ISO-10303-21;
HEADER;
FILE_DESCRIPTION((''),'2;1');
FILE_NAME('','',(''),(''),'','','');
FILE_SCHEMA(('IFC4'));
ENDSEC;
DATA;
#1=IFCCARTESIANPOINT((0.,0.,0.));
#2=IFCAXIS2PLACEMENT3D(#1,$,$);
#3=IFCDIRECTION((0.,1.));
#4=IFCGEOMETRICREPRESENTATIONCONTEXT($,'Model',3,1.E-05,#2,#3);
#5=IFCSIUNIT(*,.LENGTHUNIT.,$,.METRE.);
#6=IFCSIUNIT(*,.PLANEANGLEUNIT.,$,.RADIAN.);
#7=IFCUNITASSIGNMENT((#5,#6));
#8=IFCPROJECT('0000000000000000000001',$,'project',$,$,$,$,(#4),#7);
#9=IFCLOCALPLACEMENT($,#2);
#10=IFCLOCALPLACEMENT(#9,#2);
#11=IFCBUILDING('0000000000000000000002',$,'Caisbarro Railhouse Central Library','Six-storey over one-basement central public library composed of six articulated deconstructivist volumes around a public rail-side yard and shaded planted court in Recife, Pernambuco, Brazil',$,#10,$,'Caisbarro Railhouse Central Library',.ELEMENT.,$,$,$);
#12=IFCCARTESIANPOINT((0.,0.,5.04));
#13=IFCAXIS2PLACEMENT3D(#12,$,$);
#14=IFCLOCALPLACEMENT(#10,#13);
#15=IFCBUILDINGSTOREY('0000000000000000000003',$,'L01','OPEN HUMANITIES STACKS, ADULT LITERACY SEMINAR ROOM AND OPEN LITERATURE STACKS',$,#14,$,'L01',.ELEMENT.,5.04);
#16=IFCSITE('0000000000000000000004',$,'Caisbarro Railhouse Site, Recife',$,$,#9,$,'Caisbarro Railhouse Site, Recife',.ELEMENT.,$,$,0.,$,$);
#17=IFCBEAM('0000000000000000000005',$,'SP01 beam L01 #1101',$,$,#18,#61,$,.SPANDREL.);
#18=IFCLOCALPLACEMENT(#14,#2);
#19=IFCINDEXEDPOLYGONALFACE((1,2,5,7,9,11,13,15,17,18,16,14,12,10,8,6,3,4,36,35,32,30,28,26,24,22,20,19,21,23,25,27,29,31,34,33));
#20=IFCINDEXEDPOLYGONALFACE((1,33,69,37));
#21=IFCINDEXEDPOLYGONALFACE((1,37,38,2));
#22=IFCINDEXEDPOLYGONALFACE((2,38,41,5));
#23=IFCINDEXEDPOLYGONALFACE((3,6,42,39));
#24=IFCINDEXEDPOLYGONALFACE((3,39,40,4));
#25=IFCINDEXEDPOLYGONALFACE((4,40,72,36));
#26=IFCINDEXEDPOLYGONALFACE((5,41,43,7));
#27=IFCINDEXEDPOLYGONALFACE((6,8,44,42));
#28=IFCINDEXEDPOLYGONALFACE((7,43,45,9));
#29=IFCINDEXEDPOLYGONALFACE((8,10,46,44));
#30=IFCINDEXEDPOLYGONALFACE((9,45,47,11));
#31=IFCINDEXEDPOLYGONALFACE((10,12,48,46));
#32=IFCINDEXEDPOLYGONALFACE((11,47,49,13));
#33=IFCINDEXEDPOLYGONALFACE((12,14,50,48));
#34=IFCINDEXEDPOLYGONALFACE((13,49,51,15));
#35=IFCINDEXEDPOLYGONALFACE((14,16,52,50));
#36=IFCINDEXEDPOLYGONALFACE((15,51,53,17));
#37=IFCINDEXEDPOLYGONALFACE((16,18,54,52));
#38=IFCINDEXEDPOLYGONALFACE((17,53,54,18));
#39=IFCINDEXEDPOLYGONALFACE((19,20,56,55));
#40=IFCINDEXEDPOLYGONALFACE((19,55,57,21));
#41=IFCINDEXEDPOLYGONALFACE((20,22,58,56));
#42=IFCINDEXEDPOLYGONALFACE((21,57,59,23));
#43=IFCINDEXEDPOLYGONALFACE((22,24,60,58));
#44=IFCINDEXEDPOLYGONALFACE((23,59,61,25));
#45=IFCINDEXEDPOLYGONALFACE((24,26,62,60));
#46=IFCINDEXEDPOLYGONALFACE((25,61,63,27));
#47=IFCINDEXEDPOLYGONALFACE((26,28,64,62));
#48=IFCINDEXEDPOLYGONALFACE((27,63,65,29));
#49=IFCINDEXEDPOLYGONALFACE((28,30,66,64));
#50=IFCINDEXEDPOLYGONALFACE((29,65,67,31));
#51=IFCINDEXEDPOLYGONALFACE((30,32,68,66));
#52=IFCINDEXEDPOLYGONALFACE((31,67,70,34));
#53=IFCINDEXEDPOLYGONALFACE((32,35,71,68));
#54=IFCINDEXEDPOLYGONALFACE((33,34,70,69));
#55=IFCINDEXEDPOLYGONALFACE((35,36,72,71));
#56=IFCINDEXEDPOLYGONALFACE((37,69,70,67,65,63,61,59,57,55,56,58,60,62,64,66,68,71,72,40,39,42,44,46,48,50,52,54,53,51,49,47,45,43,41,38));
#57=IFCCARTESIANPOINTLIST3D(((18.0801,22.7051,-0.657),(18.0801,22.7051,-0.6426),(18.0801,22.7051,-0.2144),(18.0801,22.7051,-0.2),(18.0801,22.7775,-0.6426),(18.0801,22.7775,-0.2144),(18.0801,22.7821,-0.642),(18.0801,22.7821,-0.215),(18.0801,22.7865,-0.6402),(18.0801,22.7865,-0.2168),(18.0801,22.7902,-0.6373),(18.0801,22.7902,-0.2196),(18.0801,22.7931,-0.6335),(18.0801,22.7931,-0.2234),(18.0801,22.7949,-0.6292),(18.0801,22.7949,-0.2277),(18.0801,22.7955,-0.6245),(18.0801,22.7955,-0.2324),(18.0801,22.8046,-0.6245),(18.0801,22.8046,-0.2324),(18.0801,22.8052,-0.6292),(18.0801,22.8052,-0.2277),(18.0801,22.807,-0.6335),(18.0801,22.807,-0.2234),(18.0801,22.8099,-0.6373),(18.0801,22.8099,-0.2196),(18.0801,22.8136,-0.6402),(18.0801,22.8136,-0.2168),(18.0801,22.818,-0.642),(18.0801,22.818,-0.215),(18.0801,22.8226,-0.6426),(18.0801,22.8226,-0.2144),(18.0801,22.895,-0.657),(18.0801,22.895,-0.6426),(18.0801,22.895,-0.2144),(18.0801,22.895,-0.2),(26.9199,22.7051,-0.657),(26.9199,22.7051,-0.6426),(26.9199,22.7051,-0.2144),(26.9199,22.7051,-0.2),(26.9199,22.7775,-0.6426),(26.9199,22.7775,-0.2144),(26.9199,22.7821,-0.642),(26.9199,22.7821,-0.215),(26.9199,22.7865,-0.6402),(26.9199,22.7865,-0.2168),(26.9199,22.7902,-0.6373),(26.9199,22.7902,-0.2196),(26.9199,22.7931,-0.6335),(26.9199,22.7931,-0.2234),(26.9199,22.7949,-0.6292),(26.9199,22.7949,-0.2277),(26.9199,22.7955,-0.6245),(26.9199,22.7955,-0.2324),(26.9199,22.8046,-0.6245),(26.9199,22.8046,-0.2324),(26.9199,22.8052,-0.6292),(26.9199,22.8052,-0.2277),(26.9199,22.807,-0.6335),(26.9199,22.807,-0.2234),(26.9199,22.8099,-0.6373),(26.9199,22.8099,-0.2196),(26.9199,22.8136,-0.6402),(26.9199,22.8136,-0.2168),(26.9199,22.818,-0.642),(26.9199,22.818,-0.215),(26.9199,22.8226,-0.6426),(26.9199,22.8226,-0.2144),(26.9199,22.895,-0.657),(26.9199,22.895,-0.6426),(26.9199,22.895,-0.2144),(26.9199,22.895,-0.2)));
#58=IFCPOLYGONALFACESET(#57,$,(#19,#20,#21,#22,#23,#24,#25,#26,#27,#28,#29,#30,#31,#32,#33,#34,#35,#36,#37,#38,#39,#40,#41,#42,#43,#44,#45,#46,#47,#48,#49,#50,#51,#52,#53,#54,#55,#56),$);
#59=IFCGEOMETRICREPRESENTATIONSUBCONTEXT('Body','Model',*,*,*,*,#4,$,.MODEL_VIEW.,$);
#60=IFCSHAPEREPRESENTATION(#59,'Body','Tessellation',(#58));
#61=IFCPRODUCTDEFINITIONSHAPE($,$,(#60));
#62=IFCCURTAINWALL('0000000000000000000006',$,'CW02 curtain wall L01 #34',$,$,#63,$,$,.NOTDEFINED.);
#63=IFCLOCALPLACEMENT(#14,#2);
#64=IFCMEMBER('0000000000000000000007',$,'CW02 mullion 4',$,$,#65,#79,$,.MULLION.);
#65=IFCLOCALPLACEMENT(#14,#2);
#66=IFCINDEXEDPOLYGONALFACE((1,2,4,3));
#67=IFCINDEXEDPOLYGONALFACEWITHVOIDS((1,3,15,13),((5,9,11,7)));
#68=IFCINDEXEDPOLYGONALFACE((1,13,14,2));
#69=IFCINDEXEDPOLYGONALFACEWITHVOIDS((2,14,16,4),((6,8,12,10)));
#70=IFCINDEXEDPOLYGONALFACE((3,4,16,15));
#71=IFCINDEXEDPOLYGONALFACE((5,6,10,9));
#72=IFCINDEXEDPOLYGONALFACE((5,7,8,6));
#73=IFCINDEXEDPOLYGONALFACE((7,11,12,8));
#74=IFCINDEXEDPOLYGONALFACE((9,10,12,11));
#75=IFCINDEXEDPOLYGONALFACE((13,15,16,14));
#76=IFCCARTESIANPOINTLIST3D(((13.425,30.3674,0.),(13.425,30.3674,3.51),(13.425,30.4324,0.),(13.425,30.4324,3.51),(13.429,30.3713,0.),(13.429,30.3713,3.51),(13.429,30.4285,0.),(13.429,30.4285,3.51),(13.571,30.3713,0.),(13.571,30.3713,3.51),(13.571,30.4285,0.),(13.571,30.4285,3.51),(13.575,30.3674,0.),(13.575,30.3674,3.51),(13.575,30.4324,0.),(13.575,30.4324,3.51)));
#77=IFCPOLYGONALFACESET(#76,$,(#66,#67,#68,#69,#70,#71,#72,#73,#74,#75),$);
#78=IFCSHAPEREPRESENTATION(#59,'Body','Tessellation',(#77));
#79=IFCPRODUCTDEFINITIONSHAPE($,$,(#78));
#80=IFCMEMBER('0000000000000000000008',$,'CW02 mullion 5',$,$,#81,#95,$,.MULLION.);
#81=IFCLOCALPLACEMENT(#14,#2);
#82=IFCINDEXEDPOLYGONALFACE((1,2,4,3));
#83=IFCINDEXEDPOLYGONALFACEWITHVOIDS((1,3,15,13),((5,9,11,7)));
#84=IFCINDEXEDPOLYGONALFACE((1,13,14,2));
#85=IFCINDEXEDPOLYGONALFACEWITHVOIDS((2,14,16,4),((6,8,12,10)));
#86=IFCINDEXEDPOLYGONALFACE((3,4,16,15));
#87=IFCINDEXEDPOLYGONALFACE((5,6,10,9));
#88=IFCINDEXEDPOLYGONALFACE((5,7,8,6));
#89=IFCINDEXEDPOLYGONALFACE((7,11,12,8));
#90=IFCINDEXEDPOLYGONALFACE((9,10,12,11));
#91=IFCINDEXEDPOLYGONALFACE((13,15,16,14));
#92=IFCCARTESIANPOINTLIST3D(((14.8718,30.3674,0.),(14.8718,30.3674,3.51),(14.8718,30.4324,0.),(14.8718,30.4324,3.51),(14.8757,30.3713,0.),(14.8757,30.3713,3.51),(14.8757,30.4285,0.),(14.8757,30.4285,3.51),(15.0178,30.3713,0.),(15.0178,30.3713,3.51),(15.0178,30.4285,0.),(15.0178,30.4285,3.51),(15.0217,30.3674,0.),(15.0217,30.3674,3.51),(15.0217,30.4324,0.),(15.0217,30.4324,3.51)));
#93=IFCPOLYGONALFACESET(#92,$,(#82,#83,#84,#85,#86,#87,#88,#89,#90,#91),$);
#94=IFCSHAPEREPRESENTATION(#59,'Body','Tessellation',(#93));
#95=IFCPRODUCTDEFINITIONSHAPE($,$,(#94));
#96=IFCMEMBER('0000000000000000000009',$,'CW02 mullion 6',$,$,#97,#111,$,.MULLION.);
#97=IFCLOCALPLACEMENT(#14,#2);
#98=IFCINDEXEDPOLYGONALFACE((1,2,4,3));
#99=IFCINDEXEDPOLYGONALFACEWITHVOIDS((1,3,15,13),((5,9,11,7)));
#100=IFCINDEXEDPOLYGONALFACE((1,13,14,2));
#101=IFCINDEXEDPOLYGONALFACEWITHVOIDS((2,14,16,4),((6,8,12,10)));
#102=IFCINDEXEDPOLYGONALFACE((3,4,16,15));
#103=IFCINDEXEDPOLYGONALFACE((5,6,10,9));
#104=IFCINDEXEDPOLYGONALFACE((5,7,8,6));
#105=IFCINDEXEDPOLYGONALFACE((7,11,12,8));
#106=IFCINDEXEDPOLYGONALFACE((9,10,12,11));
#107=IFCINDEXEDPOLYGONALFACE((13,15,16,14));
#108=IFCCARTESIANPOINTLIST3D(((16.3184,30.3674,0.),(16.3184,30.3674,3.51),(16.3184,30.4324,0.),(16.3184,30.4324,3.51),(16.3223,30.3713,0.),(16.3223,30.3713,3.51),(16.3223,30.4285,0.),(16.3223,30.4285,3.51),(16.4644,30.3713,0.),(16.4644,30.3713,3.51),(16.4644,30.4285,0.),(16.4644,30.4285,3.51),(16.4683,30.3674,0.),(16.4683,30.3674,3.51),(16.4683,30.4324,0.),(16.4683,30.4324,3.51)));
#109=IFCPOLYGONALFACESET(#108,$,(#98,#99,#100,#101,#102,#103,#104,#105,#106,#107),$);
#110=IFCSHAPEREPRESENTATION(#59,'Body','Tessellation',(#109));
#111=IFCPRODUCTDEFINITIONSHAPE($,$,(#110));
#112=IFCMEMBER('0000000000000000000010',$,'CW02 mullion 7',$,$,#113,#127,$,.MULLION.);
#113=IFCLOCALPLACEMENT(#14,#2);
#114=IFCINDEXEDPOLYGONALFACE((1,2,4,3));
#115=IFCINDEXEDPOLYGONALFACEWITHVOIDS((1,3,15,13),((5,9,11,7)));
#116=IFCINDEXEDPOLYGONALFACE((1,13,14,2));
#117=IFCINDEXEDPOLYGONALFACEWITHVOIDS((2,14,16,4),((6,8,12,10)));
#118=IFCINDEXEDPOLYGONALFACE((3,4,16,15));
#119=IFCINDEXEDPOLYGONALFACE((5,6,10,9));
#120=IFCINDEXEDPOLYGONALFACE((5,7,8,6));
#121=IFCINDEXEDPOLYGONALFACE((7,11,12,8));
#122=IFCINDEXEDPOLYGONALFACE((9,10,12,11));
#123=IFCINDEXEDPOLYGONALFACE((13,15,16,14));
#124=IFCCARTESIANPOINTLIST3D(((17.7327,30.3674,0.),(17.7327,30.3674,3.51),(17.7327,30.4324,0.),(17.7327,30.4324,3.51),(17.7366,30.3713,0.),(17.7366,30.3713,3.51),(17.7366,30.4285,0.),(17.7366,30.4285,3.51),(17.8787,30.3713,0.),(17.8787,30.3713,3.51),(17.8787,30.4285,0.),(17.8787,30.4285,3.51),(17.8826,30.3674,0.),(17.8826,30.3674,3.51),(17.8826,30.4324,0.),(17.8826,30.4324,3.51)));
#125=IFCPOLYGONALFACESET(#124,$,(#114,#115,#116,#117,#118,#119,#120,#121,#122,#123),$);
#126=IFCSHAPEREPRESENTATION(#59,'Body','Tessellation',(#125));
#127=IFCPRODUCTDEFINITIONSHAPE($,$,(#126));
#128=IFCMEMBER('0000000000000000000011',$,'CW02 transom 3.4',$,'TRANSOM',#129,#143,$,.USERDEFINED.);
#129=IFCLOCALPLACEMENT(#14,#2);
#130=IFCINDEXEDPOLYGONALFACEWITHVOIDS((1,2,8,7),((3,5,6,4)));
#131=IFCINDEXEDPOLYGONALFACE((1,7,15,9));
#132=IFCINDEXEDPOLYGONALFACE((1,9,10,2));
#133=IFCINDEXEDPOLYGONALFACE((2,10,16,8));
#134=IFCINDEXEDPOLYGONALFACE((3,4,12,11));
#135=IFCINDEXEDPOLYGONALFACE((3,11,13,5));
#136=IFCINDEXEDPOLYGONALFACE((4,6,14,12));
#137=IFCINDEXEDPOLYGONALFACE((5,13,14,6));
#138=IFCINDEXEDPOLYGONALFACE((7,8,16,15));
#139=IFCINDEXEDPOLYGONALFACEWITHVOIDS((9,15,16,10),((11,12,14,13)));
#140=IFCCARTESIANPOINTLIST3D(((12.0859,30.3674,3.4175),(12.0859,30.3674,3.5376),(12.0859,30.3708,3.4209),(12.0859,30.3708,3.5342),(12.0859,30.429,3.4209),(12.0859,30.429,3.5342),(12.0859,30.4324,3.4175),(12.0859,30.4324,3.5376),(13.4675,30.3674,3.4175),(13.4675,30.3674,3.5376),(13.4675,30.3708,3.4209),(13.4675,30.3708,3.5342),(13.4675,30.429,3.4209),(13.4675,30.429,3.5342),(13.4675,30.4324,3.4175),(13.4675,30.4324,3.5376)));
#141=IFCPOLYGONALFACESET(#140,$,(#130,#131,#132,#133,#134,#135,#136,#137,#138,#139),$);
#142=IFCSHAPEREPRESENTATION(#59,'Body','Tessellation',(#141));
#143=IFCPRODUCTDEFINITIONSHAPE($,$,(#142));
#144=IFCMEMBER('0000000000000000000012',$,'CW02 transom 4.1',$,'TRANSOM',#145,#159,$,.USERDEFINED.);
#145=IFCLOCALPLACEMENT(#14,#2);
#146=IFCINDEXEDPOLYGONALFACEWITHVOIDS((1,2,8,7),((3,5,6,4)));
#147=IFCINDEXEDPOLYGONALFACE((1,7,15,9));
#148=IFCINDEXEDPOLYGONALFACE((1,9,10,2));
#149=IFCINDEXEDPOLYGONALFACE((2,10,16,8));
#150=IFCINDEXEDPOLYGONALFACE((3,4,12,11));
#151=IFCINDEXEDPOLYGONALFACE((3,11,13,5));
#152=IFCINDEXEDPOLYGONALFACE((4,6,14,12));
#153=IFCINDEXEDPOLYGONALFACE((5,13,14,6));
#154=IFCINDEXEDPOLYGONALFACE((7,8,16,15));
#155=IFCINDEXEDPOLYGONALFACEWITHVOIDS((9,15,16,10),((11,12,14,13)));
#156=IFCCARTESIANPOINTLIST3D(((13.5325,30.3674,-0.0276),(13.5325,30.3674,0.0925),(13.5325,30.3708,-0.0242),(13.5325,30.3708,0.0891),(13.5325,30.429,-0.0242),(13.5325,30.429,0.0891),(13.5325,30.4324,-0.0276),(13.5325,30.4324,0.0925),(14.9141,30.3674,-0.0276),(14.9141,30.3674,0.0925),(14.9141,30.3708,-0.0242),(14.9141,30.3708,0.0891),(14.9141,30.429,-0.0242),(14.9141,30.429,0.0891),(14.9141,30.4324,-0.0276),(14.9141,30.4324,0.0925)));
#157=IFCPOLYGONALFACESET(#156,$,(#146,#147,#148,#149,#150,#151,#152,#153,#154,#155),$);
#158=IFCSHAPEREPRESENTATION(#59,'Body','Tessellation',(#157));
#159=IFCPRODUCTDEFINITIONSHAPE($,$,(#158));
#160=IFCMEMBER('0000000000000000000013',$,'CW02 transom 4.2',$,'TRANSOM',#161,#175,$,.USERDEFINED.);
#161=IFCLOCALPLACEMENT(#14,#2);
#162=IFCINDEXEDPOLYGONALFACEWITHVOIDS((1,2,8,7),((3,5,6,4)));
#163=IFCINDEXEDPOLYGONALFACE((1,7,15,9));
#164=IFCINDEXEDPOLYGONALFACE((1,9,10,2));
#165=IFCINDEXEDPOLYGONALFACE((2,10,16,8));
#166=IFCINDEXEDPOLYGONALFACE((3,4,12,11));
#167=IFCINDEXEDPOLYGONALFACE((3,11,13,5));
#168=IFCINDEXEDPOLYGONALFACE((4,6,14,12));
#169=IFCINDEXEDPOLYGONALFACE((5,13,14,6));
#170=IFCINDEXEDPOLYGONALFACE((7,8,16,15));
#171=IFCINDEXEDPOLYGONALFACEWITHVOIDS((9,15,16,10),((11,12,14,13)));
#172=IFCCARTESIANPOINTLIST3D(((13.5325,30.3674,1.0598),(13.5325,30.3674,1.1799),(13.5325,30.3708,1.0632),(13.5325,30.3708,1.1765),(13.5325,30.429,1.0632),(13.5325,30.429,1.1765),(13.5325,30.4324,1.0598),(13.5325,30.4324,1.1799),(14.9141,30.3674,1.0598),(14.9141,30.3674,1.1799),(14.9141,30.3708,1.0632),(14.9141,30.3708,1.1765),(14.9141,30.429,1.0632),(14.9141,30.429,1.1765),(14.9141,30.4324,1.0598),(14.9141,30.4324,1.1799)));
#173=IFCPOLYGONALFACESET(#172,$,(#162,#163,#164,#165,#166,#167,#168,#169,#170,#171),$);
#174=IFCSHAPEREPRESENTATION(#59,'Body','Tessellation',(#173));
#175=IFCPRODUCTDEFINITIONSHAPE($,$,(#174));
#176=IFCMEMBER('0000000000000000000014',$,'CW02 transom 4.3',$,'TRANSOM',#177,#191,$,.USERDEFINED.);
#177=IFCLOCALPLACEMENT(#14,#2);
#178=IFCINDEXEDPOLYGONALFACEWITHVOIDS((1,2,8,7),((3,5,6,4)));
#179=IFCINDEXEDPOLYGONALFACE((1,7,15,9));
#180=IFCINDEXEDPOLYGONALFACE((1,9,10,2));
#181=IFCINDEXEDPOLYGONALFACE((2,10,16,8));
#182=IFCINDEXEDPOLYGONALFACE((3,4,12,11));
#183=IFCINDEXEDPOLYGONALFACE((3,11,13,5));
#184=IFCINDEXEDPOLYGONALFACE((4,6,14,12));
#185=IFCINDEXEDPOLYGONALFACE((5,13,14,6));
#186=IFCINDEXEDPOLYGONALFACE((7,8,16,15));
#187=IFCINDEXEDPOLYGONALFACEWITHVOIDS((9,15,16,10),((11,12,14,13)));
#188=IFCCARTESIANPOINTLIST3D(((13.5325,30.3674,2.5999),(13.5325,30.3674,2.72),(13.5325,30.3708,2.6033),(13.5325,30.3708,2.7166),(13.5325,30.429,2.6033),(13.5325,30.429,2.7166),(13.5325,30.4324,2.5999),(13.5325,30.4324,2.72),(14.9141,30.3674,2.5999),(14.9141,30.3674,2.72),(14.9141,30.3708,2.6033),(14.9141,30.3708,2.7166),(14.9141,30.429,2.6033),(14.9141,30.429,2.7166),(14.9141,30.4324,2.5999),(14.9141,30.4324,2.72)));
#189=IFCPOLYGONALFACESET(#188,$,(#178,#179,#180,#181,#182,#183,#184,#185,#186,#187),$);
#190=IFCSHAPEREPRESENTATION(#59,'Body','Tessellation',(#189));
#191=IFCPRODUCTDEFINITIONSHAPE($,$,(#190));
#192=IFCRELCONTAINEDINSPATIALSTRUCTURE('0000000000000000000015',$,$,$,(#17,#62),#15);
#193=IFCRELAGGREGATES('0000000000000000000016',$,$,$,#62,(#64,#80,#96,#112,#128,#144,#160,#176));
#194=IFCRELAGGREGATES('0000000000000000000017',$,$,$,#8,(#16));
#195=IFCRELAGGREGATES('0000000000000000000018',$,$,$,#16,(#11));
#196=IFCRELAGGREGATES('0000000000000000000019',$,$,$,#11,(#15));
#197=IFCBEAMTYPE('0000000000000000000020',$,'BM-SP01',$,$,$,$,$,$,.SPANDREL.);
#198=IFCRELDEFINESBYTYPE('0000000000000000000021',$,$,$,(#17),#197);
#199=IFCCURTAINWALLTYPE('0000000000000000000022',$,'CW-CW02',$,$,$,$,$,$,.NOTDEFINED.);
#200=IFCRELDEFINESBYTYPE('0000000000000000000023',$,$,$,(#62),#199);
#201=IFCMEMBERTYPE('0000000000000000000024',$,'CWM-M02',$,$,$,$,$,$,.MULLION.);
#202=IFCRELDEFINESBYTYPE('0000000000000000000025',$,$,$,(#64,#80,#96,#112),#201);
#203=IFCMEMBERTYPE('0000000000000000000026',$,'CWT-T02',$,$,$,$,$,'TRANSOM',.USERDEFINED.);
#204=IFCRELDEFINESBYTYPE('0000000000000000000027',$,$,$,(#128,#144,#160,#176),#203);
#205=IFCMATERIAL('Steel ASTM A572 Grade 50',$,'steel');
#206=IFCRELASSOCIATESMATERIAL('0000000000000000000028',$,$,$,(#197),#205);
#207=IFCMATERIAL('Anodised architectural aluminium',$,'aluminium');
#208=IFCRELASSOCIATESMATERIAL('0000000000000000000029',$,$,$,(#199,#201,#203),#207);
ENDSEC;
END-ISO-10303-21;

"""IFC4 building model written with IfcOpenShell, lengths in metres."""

from ifc_helpers import new_model, si_unit, direction, frame, origin, origin_2d, place, context, subcontext, project, spatial, hollow_rectangle, i_section, extrude, material, material_profile, profile_set, type_object, element, aggregate, save


model = new_model("IFC4")

# Units and contexts
model_context = context("Model", 3, precision=1e-05, world=origin(), true_north=direction((0.0, 1.0)))
body_context = subcontext(model_context, "Body", "Model", "MODEL_VIEW")
ifc_project = project(units=[si_unit("LENGTHUNIT", "METRE"), si_unit("PLANEANGLEUNIT", "RADIAN")], contexts=[model_context])

# Site, building, storey
site_placement = place(None, origin())
site = spatial("IfcSite", under=ifc_project, at=site_placement, Name="Caisbarro Railhouse Site, Recife", LongName="Caisbarro Railhouse Site, Recife", CompositionType="ELEMENT", RefElevation=0.0)
building_placement = place(site_placement, origin())
building = spatial("IfcBuilding", under=site, at=building_placement, Name="Caisbarro Railhouse Central Library", Description="Six-storey over one-basement central public library composed of six articulated deconstructivist volumes around a public rail-side yard and shaded planted court in Recife, Pernambuco, Brazil", LongName="Caisbarro Railhouse Central Library", CompositionType="ELEMENT")
storey_placement = place(building_placement, frame((0.0, 0.0, 5.04)))
storey = spatial("IfcBuildingStorey", under=building, at=storey_placement, Name="L01", Description="OPEN HUMANITIES STACKS, ADULT LITERACY SEMINAR ROOM AND OPEN LITERATURE STACKS", LongName="L01", CompositionType="ELEMENT", Elevation=5.04)

# Shared definitions
ifc_material_1 = material(Name="Steel ASTM A572 Grade 50", Category="steel")

# Beam
ifc_material_profile_1 = material_profile(ifc_material_1, i_section(OverallWidth=0.1899, OverallDepth=0.457, WebThickness=0.009, FlangeThickness=0.0144, FilletRadius=0.0181, at=origin_2d()), Name="W460X74.0")
ifc_profile_set_1 = profile_set([ifc_material_profile_1], Name="Steel ASTM A572 Grade 50")
beam_type_1 = type_object("IfcBeamType", Name="BM-SP01", PredefinedType="SPANDREL", material=ifc_profile_set_1)
beam_1_placement = place(storey_placement, frame((18.0801, 22.8, -0.4285), z_axis=(1.0, 0.0, 0.0), x_axis=(0.0, 1.0, 0.0)))
element("IfcBeam", 1, at=beam_1_placement, inside=storey, type_object=beam_type_1, Name="SP01 beam L01 #1101", PredefinedType="SPANDREL", context=body_context, shape_type="SweptSolid", body=[
    extrude(i_section(OverallWidth=0.1899, OverallDepth=0.457, WebThickness=0.009, FlangeThickness=0.0144, FilletRadius=0.0181, at=origin_2d()), origin(), (0.0, 0.0, 1.0), 8.8398),
])

# Curtain wall, members
ifc_material_2 = material(Name="Anodised architectural aluminium", Category="aluminium")
curtain_wall_type = type_object("IfcCurtainWallType", Name="CW-CW02", PredefinedType="NOTDEFINED", material=ifc_material_2)
curtain_wall_placement = place(storey_placement, origin())
curtain_wall = element("IfcCurtainWall", 2, at=curtain_wall_placement, inside=storey, type_object=curtain_wall_type, Name="CW02 curtain wall L01 #34", PredefinedType="NOTDEFINED")
ifc_material_profile_2 = material_profile(ifc_material_2, hollow_rectangle(XDim=0.0649, YDim=0.1499, WallThickness=0.0039, at=origin_2d()), Name="ALU-MUL-65X150")
ifc_profile_set_2 = profile_set([ifc_material_profile_2], Name="Anodised architectural aluminium")
member_type_1 = type_object("IfcMemberType", Name="CWM-M02", PredefinedType="MULLION", material=ifc_profile_set_2)
member_1_placement = place(storey_placement, frame((13.5, 30.3999, 0.0), z_axis=(0.0, 0.0, 1.0), x_axis=(0.0, 1.0, 0.0)))
member_1 = element("IfcMember", 3, at=member_1_placement, type_object=member_type_1, Name="CW02 mullion 4", PredefinedType="MULLION", context=body_context, shape_type="SweptSolid", body=[
    extrude(hollow_rectangle(XDim=0.0649, YDim=0.1499, WallThickness=0.0039, at=origin_2d()), origin(), (0.0, 0.0, 1.0), 3.51),
])
member_2_placement = place(storey_placement, frame((14.9468, 30.3999, 0.0), z_axis=(0.0, 0.0, 1.0), x_axis=(0.0, 1.0, 0.0)))
member_2 = element("IfcMember", 4, at=member_2_placement, type_object=member_type_1, Name="CW02 mullion 5", PredefinedType="MULLION", context=body_context, shape_type="SweptSolid", body=[
    extrude(hollow_rectangle(XDim=0.0649, YDim=0.1499, WallThickness=0.0039, at=origin_2d()), origin(), (0.0, 0.0, 1.0), 3.51),
])
member_3_placement = place(storey_placement, frame((16.3933, 30.3999, 0.0), z_axis=(0.0, 0.0, 1.0), x_axis=(0.0, 1.0, 0.0)))
member_3 = element("IfcMember", 5, at=member_3_placement, type_object=member_type_1, Name="CW02 mullion 6", PredefinedType="MULLION", context=body_context, shape_type="SweptSolid", body=[
    extrude(hollow_rectangle(XDim=0.0649, YDim=0.1499, WallThickness=0.0039, at=origin_2d()), origin(), (0.0, 0.0, 1.0), 3.51),
])
member_4_placement = place(storey_placement, frame((17.8076, 30.3999, 0.0), z_axis=(0.0, 0.0, 1.0), x_axis=(0.0, 1.0, 0.0)))
member_4 = element("IfcMember", 6, at=member_4_placement, type_object=member_type_1, Name="CW02 mullion 7", PredefinedType="MULLION", context=body_context, shape_type="SweptSolid", body=[
    extrude(hollow_rectangle(XDim=0.0649, YDim=0.1499, WallThickness=0.0039, at=origin_2d()), origin(), (0.0, 0.0, 1.0), 3.51),
])
ifc_material_profile_3 = material_profile(ifc_material_2, hollow_rectangle(XDim=0.0649, YDim=0.1201, WallThickness=0.0034, at=origin_2d()), Name="ALU-TRN-65X120")
ifc_profile_set_3 = profile_set([ifc_material_profile_3], Name="Anodised architectural aluminium")
member_type_2 = type_object("IfcMemberType", Name="CWT-T02", ElementType="TRANSOM", PredefinedType="USERDEFINED", material=ifc_profile_set_3)
member_5_placement = place(storey_placement, frame((12.0859, 30.3999, 3.4775), z_axis=(1.0, 0.0, 0.0), x_axis=(0.0, 1.0, 0.0)))
member_5 = element("IfcMember", 7, at=member_5_placement, type_object=member_type_2, Name="CW02 transom 3.4", ObjectType="TRANSOM", PredefinedType="USERDEFINED", context=body_context, shape_type="SweptSolid", body=[
    extrude(hollow_rectangle(XDim=0.0649, YDim=0.1201, WallThickness=0.0034, at=origin_2d()), origin(), (0.0, 0.0, 1.0), 1.3816),
])
member_6_placement = place(storey_placement, frame((13.5325, 30.3999, 0.0325), z_axis=(1.0, 0.0, 0.0), x_axis=(0.0, 1.0, 0.0)))
member_6 = element("IfcMember", 8, at=member_6_placement, type_object=member_type_2, Name="CW02 transom 4.1", ObjectType="TRANSOM", PredefinedType="USERDEFINED", context=body_context, shape_type="SweptSolid", body=[
    extrude(hollow_rectangle(XDim=0.0649, YDim=0.1201, WallThickness=0.0034, at=origin_2d()), origin(), (0.0, 0.0, 1.0), 1.3816),
])
member_7_placement = place(storey_placement, frame((13.5325, 30.3999, 1.1199), z_axis=(1.0, 0.0, 0.0), x_axis=(0.0, 1.0, 0.0)))
member_7 = element("IfcMember", 9, at=member_7_placement, type_object=member_type_2, Name="CW02 transom 4.2", ObjectType="TRANSOM", PredefinedType="USERDEFINED", context=body_context, shape_type="SweptSolid", body=[
    extrude(hollow_rectangle(XDim=0.0649, YDim=0.1201, WallThickness=0.0034, at=origin_2d()), origin(), (0.0, 0.0, 1.0), 1.3816),
])
member_8_placement = place(storey_placement, frame((13.5325, 30.3999, 2.6599), z_axis=(1.0, 0.0, 0.0), x_axis=(0.0, 1.0, 0.0)))
member_8 = element("IfcMember", 10, at=member_8_placement, type_object=member_type_2, Name="CW02 transom 4.3", ObjectType="TRANSOM", PredefinedType="USERDEFINED", context=body_context, shape_type="SweptSolid", body=[
    extrude(hollow_rectangle(XDim=0.0649, YDim=0.1201, WallThickness=0.0034, at=origin_2d()), origin(), (0.0, 0.0, 1.0), 1.3816),
])
aggregate(curtain_wall, [member_1, member_2, member_3, member_4, member_5, member_6, member_7, member_8])

save(model, "model.ifc")
